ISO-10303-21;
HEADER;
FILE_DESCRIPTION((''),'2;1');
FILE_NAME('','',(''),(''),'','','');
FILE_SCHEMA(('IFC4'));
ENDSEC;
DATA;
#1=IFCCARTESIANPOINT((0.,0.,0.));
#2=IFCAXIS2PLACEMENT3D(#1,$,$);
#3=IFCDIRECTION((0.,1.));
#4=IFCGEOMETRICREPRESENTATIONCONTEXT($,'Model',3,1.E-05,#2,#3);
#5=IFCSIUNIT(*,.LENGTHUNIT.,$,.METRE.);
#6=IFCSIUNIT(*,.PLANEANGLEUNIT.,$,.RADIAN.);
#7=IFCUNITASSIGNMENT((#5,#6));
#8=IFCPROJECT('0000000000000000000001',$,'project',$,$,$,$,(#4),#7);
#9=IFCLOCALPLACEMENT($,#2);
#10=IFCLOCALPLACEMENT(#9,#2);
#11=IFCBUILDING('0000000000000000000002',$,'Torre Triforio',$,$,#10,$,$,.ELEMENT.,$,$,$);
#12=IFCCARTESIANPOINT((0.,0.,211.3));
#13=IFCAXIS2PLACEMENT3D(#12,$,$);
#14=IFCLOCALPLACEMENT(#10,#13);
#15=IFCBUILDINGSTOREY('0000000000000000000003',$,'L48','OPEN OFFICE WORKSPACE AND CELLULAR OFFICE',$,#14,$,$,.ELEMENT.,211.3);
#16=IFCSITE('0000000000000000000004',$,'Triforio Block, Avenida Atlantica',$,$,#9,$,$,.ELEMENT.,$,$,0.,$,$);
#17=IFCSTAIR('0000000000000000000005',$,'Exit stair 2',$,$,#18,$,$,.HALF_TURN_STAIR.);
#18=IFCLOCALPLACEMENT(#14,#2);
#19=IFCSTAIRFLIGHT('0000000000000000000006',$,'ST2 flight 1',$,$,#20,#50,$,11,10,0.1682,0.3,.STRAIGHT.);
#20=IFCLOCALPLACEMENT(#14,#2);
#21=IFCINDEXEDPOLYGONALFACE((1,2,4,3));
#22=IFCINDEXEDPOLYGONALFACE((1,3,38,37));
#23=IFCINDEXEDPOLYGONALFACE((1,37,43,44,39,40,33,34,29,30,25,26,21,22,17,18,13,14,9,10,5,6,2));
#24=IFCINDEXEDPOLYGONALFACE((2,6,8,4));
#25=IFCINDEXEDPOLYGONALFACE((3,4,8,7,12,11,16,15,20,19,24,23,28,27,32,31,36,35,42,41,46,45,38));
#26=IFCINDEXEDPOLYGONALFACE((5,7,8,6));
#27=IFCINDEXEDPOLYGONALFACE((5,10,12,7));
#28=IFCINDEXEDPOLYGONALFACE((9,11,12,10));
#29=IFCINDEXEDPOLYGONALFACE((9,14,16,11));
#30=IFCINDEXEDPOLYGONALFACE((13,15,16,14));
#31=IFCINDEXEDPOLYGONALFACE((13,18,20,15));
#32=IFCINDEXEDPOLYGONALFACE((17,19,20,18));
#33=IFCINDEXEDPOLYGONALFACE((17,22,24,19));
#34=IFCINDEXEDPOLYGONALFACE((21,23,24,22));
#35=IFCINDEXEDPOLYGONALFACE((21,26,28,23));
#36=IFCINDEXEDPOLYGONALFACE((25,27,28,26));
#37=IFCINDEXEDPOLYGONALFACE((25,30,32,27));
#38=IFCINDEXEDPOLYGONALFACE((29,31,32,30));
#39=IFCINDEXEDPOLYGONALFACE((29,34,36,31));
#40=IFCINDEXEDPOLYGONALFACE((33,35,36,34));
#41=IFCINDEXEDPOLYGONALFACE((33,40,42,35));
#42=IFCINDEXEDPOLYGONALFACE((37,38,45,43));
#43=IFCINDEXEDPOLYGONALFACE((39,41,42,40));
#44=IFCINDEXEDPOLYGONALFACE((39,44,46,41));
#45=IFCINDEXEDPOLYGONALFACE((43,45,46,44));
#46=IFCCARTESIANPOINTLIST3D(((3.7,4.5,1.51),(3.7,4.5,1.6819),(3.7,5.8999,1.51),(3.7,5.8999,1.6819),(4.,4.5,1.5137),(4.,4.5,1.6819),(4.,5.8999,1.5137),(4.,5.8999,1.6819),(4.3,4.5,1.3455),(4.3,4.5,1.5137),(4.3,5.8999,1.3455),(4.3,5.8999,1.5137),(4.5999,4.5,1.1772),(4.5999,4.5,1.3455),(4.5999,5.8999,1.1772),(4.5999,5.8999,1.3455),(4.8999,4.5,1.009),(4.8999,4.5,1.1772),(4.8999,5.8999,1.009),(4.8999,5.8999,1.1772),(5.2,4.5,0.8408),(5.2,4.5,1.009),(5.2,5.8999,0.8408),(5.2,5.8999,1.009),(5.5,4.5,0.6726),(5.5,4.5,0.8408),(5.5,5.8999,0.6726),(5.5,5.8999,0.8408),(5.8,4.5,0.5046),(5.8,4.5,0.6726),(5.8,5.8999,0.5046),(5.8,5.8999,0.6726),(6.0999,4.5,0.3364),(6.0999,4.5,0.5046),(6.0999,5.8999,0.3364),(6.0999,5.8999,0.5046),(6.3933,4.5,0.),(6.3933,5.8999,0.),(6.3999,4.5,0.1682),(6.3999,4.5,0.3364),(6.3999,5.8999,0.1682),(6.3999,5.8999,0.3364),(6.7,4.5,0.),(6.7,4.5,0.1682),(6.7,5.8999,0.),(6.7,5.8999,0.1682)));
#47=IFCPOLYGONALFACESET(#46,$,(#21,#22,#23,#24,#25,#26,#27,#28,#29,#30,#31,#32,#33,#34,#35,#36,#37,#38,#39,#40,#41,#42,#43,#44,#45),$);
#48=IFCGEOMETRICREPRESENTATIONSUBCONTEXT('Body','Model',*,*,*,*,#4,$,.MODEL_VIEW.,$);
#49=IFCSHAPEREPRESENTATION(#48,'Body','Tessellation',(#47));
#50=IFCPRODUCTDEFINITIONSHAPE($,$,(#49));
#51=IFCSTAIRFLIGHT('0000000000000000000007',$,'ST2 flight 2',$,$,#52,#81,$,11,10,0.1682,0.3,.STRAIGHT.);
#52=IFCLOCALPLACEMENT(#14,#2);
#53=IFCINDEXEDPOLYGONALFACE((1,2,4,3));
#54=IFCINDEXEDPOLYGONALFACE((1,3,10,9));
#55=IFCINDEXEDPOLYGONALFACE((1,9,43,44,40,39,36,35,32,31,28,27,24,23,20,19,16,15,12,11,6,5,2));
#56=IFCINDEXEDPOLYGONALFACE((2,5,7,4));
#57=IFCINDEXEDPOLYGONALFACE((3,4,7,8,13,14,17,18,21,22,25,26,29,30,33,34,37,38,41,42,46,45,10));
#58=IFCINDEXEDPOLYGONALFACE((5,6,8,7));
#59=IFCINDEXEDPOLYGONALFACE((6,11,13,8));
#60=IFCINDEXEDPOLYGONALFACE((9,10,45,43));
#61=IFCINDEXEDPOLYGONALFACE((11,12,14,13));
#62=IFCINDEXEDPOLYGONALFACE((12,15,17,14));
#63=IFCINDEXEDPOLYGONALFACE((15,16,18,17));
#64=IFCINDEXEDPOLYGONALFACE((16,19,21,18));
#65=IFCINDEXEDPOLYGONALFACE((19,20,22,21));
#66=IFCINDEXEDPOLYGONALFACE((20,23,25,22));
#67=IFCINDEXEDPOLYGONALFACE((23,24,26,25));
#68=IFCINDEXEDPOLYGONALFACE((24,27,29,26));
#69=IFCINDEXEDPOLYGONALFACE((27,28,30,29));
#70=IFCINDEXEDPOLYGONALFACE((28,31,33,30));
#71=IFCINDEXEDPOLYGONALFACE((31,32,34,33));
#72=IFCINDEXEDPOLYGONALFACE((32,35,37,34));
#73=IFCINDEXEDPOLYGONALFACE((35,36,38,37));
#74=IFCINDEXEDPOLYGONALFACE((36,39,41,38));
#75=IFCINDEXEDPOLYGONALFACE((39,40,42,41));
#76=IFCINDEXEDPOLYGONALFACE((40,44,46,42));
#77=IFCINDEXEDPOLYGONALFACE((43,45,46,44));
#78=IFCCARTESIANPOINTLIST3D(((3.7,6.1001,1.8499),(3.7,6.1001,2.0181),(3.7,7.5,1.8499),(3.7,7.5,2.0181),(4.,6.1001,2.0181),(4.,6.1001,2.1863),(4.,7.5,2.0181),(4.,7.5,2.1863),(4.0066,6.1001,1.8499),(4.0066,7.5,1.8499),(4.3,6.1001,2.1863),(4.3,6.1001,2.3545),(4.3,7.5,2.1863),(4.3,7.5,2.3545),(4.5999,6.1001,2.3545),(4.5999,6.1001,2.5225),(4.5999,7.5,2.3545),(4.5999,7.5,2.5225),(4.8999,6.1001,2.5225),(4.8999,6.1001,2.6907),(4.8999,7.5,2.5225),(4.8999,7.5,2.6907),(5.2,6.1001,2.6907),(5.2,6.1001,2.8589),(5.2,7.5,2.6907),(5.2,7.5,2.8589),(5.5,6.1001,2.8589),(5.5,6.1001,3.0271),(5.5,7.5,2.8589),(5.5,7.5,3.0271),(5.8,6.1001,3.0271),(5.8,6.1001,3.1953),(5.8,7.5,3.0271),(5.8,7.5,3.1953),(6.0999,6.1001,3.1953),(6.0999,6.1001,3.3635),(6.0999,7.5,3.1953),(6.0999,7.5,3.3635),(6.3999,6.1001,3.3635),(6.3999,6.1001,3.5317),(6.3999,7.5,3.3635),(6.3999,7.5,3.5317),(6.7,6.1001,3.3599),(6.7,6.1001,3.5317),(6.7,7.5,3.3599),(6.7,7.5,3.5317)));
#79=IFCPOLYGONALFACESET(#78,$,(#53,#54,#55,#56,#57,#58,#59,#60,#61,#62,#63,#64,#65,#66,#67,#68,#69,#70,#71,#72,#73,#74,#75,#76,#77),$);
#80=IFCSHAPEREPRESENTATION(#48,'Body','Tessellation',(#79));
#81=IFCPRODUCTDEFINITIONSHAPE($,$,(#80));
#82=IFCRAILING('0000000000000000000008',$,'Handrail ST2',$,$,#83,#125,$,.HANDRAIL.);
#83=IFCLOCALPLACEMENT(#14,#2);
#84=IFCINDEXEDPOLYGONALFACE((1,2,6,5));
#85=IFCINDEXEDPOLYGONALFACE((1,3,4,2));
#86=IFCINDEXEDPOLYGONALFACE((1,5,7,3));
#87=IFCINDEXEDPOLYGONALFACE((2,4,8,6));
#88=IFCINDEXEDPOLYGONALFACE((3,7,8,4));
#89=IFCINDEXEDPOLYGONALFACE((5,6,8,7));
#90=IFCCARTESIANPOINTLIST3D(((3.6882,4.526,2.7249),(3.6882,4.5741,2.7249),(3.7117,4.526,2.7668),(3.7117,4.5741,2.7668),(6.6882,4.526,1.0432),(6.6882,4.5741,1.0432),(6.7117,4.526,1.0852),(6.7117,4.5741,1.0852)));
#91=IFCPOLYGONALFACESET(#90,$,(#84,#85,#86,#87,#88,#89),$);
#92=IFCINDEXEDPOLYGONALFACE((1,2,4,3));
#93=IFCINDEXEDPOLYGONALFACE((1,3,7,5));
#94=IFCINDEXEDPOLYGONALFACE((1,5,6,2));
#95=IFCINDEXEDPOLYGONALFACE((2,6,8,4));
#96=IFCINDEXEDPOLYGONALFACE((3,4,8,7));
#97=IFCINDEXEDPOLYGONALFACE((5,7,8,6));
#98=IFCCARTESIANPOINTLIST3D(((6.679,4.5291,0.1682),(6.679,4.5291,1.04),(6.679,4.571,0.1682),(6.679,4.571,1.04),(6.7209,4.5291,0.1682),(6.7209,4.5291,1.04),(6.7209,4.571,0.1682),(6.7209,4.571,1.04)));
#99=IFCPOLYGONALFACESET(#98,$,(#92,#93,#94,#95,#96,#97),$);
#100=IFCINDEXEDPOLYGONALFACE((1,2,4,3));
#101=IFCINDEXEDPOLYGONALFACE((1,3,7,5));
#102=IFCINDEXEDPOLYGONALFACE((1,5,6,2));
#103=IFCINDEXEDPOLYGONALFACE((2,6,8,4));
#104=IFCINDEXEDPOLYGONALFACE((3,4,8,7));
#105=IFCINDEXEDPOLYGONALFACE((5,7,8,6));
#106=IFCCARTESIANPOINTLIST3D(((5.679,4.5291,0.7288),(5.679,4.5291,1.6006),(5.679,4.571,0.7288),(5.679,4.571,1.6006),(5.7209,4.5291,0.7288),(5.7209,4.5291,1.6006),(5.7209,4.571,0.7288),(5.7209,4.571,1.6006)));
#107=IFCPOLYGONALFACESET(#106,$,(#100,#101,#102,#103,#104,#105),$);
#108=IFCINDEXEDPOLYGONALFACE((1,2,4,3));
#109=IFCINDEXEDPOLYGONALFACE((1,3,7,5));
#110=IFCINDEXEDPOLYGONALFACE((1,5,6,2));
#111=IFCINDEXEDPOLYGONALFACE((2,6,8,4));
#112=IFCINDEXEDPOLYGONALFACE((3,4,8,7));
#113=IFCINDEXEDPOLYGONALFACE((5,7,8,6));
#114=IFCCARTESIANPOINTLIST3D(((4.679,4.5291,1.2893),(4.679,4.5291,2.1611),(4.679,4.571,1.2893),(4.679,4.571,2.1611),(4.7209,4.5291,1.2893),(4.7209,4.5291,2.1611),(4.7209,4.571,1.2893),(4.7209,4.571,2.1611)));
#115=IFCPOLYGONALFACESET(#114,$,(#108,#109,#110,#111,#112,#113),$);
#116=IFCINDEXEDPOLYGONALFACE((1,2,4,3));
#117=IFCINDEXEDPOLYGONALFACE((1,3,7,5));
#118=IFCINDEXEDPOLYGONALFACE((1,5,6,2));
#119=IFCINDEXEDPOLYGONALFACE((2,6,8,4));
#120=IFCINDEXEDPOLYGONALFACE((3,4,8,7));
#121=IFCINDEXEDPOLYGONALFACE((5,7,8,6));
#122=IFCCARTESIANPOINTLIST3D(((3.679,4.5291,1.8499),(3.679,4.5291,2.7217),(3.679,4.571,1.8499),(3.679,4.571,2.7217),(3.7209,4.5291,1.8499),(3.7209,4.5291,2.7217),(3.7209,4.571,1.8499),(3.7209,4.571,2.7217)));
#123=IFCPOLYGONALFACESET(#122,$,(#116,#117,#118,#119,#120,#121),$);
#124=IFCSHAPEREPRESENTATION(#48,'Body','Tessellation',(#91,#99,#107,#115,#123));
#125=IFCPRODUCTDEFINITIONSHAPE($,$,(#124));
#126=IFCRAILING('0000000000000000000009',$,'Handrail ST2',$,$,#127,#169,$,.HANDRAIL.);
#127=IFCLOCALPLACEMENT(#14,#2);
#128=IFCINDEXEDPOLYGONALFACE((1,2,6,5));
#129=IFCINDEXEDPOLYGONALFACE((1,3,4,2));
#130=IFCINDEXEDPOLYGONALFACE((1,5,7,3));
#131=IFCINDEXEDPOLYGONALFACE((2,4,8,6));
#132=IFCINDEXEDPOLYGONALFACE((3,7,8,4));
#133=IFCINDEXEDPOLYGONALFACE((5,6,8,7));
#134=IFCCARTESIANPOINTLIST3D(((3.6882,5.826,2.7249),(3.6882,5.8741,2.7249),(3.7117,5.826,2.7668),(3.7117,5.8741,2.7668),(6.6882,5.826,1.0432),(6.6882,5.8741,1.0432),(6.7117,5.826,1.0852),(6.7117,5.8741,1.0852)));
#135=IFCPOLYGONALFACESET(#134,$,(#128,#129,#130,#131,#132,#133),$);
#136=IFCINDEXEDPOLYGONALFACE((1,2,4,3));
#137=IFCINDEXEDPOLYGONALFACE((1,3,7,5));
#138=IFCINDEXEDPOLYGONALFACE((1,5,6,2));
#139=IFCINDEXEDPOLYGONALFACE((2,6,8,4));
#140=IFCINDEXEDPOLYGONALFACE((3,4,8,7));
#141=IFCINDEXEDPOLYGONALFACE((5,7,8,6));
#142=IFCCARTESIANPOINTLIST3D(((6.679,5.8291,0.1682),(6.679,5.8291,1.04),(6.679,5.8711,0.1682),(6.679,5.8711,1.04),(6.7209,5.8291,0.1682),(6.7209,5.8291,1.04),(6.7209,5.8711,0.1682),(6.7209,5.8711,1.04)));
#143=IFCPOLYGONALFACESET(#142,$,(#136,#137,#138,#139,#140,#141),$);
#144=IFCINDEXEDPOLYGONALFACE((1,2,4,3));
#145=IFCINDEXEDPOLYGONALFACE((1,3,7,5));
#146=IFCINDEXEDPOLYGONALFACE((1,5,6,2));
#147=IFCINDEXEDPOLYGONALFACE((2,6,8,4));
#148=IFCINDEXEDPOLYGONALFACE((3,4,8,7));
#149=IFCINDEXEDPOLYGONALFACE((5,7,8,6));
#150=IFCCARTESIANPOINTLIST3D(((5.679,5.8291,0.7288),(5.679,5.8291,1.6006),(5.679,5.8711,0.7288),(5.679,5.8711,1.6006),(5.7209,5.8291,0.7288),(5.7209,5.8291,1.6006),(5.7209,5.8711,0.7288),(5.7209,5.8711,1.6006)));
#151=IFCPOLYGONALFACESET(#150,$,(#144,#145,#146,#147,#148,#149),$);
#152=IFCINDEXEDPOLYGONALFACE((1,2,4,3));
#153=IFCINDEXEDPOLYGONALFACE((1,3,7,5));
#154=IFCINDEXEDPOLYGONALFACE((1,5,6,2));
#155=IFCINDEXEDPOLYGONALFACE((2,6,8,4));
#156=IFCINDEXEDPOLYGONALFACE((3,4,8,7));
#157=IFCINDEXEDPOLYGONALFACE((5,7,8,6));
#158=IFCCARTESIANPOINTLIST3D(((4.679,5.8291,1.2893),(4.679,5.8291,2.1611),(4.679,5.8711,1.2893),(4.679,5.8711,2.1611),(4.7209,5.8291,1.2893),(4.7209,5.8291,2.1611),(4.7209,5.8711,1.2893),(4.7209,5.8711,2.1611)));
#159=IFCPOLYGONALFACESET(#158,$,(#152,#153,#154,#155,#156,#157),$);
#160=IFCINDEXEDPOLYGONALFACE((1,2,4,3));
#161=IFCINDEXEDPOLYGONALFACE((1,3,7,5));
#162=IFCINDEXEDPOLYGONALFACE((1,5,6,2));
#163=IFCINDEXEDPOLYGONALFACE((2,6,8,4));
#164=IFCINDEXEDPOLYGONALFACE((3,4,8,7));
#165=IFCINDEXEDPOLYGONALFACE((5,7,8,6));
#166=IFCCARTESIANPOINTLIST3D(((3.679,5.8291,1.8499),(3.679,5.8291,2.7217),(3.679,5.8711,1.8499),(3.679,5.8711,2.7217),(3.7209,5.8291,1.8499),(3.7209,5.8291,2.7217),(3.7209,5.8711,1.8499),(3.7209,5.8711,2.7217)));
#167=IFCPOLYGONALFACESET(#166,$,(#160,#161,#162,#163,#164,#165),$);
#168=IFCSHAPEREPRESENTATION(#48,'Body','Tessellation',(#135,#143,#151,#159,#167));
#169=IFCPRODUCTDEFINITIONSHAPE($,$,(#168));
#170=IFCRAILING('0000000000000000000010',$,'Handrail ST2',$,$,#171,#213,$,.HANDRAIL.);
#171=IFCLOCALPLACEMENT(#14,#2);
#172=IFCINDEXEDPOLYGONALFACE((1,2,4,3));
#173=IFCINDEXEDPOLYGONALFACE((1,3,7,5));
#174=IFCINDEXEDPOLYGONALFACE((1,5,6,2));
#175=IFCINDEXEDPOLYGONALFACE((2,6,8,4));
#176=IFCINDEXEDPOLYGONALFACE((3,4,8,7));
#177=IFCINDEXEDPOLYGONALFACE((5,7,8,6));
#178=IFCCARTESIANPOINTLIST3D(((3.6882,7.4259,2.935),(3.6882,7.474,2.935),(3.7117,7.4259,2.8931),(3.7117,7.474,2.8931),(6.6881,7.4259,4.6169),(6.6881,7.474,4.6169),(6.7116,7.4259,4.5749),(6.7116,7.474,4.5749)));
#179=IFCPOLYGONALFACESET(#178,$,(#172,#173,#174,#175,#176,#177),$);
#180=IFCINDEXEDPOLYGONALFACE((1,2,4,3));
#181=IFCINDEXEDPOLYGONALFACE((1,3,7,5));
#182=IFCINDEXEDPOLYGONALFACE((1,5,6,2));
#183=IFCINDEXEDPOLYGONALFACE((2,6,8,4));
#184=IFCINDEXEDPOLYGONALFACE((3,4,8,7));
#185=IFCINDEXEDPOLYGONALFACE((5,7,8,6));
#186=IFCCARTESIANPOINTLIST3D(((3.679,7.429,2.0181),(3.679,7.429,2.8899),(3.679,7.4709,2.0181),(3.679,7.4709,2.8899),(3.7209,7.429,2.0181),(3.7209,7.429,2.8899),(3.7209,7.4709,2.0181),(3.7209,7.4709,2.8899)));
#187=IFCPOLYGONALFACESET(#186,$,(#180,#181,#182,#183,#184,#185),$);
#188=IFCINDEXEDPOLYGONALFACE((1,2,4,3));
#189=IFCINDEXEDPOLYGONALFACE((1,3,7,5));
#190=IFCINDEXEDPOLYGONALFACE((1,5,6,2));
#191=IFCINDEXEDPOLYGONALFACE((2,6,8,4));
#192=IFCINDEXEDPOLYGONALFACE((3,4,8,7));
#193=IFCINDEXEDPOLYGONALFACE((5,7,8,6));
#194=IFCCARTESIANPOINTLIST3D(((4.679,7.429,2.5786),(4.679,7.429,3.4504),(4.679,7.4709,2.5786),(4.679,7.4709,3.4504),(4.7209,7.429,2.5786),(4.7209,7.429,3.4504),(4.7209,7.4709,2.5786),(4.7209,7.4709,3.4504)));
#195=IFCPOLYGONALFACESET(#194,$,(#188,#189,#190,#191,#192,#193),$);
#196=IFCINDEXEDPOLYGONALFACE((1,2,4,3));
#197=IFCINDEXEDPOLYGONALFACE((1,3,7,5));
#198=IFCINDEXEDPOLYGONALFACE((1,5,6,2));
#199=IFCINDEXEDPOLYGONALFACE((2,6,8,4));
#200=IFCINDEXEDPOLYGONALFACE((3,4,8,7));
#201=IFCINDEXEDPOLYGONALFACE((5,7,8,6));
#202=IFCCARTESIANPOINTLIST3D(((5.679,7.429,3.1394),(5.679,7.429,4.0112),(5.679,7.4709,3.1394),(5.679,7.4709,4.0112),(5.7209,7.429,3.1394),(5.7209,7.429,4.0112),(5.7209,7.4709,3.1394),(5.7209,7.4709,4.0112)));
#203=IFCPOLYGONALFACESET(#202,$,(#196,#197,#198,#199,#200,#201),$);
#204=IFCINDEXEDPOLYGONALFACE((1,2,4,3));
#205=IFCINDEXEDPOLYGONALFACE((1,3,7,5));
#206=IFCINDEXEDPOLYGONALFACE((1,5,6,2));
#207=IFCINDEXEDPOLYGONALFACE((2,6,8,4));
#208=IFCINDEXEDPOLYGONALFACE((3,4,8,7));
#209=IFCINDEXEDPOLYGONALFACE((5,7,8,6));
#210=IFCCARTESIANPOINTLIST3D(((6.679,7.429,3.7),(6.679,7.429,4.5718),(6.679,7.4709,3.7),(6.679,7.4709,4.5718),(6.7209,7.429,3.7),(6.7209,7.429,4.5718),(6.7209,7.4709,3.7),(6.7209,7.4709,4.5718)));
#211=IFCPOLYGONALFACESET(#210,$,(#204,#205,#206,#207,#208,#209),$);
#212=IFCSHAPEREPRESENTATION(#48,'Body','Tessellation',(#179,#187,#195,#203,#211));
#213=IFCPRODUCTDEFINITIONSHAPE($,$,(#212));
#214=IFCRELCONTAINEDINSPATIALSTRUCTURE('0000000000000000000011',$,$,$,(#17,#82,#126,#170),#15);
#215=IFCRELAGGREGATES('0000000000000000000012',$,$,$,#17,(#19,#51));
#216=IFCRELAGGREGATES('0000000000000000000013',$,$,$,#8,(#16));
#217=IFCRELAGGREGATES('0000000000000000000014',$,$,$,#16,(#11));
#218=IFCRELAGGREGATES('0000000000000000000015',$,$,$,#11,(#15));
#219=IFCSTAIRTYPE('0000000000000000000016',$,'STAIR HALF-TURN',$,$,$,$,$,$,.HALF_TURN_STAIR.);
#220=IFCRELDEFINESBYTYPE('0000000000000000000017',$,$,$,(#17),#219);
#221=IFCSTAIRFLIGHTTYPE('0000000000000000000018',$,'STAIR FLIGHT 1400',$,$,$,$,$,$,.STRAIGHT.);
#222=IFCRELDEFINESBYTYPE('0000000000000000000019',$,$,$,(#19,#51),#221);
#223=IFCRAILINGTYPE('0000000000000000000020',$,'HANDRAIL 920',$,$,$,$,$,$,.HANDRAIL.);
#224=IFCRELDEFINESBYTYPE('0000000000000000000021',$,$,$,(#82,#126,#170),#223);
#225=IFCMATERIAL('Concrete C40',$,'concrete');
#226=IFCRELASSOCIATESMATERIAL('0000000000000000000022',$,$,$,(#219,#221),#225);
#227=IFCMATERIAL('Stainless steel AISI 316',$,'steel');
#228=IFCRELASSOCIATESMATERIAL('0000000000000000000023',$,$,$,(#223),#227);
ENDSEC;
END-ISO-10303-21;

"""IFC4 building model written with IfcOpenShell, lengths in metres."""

from ifc_helpers import new_model, si_unit, direction, frame, origin, origin_2d, place, context, subcontext, project, spatial, polyline, rectangle, outline, extrude, material, type_object, element, aggregate, save


model = new_model("IFC4")

# Units and contexts
model_context = context("Model", 3, precision=1e-05, world=origin(), true_north=direction((0.0, 1.0)))
body_context = subcontext(model_context, "Body", "Model", "MODEL_VIEW")
ifc_project = project(units=[si_unit("LENGTHUNIT", "METRE"), si_unit("PLANEANGLEUNIT", "RADIAN")], contexts=[model_context])

# Site, building, storey
site_placement = place(None, origin())
site = spatial("IfcSite", under=ifc_project, at=site_placement, Name="Triforio Block, Avenida Atlantica", CompositionType="ELEMENT", RefElevation=0.0)
building_placement = place(site_placement, origin())
building = spatial("IfcBuilding", under=site, at=building_placement, Name="Torre Triforio", CompositionType="ELEMENT")
storey_placement = place(building_placement, frame((0.0, 0.0, 211.3)))
storey = spatial("IfcBuildingStorey", under=building, at=storey_placement, Name="L48", Description="OPEN OFFICE WORKSPACE AND CELLULAR OFFICE", CompositionType="ELEMENT", Elevation=211.3)

# Stair
ifc_material_1 = material(Name="Concrete C40", Category="concrete")
stair_type = type_object("IfcStairType", Name="STAIR HALF-TURN", PredefinedType="HALF_TURN_STAIR", material=ifc_material_1)
stair_1_placement = place(storey_placement, origin())
stair_1 = element("IfcStair", 1, at=stair_1_placement, inside=storey, type_object=stair_type, Name="Exit stair 2", PredefinedType="HALF_TURN_STAIR")

# Stair flights
stair_flight_type = type_object("IfcStairFlightType", Name="STAIR FLIGHT 1400", PredefinedType="STRAIGHT", material=ifc_material_1)
stair_flight_1_placement = place(storey_placement, frame((6.7, 5.2, 0.0), z_axis=(0.0, 0.0, 1.0), x_axis=(-1.0, 0.0, 0.0)))
stair_flight_1 = element("IfcStairFlight", 2, at=stair_flight_1_placement, type_object=stair_flight_type, Name="ST2 flight 1", NumberOfRisers=11, NumberOfTreads=10, PredefinedType="STRAIGHT", RiserHeight=0.1682, TreadLength=0.3, context=body_context, shape_type="SweptSolid", body=[
    extrude(outline(polyline([(0.0, 0.0), (0.0, 0.1682), (0.3, 0.1682), (0.3, 0.3364), (0.6001, 0.3364), (0.6001, 0.5046), (0.8999, 0.5046), (0.8999, 0.6726), (1.2, 0.6726), (1.2, 0.8408), (1.5, 0.8408), (1.5, 1.009), (1.8, 1.009), (1.8, 1.1772), (2.1001, 1.1772), (2.1001, 1.3455), (2.3999, 1.3455), (2.3999, 1.5137), (2.7, 1.5137), (2.7, 1.6819), (3.0, 1.6819), (3.0, 1.8501), (3.0, 1.51), (0.3066, 0.0), (0.0, 0.0)])), frame((0.0, 0.7, 0.0), z_axis=(0.0, -1.0, 0.0), x_axis=(1.0, 0.0, 0.0)), (0.0, 0.0, 1.0), 1.3999),
])
stair_flight_2_placement = place(storey_placement, frame((3.7, 6.8, 1.8499), z_axis=(0.0, 0.0, 1.0), x_axis=(1.0, 0.0, 0.0)))
stair_flight_2 = element("IfcStairFlight", 3, at=stair_flight_2_placement, type_object=stair_flight_type, Name="ST2 flight 2", NumberOfRisers=11, NumberOfTreads=10, PredefinedType="STRAIGHT", RiserHeight=0.1682, TreadLength=0.3, context=body_context, shape_type="SweptSolid", body=[
    extrude(outline(polyline([(0.0, 0.0), (0.0, 0.1682), (0.3, 0.1682), (0.3, 0.3364), (0.6001, 0.3364), (0.6001, 0.5046), (0.8999, 0.5046), (0.8999, 0.6726), (1.2, 0.6726), (1.2, 0.8408), (1.5, 0.8408), (1.5, 1.009), (1.8, 1.009), (1.8, 1.1772), (2.1001, 1.1772), (2.1001, 1.3455), (2.3999, 1.3455), (2.3999, 1.5137), (2.7, 1.5137), (2.7, 1.6819), (3.0, 1.6819), (3.0, 1.8501), (3.0, 1.51), (0.3066, 0.0), (0.0, 0.0)])), frame((0.0, 0.7, 0.0), z_axis=(0.0, -1.0, 0.0), x_axis=(1.0, 0.0, 0.0)), (0.0, 0.0, 1.0), 1.3999),
])
aggregate(stair_1, [stair_flight_1, stair_flight_2])

# Railings
ifc_material_2 = material(Name="Stainless steel AISI 316", Category="steel")
railing_type = type_object("IfcRailingType", Name="HANDRAIL 920", PredefinedType="HANDRAIL", material=ifc_material_2)
for number, where, name in (
    (4, (6.7, 4.55, 0.1682), "Handrail ST2"),
    (5, (6.7, 5.8501, 0.1682), "Handrail ST2"),
):
    element("IfcRailing", number, at=place(storey_placement, frame(where)), inside=storey, type_object=railing_type, Name=name, PredefinedType="HANDRAIL", context=body_context, shape_type="SweptSolid", body=[
        extrude(rectangle(XDim=0.0481, YDim=0.0481, at=origin_2d()), frame((0.0, 0.0, 0.896), z_axis=(-0.872303, 0.0, 0.488966), x_axis=(0.0, -1.0, 0.0)), (0.0, 0.0, 1.0), 3.4392),
        extrude(rectangle(XDim=0.042, YDim=0.042, at=origin_2d()), origin(), (0.0, 0.0, 1.0), 0.8718),
        extrude(rectangle(XDim=0.042, YDim=0.042, at=origin_2d()), frame((-1.0, 0.0, 0.5605)), (0.0, 0.0, 1.0), 0.8718),
        extrude(rectangle(XDim=0.042, YDim=0.042, at=origin_2d()), frame((-2.0, 0.0, 1.1211)), (0.0, 0.0, 1.0), 0.8718),
        extrude(rectangle(XDim=0.042, YDim=0.042, at=origin_2d()), frame((-3.0, 0.0, 1.6816)), (0.0, 0.0, 1.0), 0.8718),
    ])
for number, where, name in (
    (6, (3.7, 7.45, 2.0181), "Handrail ST2"),
):
    element("IfcRailing", number, at=place(storey_placement, frame(where)), inside=storey, type_object=railing_type, Name=name, PredefinedType="HANDRAIL", context=body_context, shape_type="SweptSolid", body=[
        extrude(rectangle(XDim=0.0481, YDim=0.0481, at=origin_2d()), frame((0.0, 0.0, 0.896), z_axis=(0.872272, 0.0, 0.48902), x_axis=(0.0, 1.0, 0.0)), (0.0, 0.0, 1.0), 3.4392),
        extrude(rectangle(XDim=0.042, YDim=0.042, at=origin_2d()), origin(), (0.0, 0.0, 1.0), 0.8718),
        extrude(rectangle(XDim=0.042, YDim=0.042, at=origin_2d()), frame((1.0, 0.0, 0.5605)), (0.0, 0.0, 1.0), 0.8718),
        extrude(rectangle(XDim=0.042, YDim=0.042, at=origin_2d()), frame((2.0, 0.0, 1.1213)), (0.0, 0.0, 1.0), 0.8718),
        extrude(rectangle(XDim=0.042, YDim=0.042, at=origin_2d()), frame((3.0, 0.0, 1.6819)), (0.0, 0.0, 1.0), 0.8718),
    ])

save(model, "model.ifc")
